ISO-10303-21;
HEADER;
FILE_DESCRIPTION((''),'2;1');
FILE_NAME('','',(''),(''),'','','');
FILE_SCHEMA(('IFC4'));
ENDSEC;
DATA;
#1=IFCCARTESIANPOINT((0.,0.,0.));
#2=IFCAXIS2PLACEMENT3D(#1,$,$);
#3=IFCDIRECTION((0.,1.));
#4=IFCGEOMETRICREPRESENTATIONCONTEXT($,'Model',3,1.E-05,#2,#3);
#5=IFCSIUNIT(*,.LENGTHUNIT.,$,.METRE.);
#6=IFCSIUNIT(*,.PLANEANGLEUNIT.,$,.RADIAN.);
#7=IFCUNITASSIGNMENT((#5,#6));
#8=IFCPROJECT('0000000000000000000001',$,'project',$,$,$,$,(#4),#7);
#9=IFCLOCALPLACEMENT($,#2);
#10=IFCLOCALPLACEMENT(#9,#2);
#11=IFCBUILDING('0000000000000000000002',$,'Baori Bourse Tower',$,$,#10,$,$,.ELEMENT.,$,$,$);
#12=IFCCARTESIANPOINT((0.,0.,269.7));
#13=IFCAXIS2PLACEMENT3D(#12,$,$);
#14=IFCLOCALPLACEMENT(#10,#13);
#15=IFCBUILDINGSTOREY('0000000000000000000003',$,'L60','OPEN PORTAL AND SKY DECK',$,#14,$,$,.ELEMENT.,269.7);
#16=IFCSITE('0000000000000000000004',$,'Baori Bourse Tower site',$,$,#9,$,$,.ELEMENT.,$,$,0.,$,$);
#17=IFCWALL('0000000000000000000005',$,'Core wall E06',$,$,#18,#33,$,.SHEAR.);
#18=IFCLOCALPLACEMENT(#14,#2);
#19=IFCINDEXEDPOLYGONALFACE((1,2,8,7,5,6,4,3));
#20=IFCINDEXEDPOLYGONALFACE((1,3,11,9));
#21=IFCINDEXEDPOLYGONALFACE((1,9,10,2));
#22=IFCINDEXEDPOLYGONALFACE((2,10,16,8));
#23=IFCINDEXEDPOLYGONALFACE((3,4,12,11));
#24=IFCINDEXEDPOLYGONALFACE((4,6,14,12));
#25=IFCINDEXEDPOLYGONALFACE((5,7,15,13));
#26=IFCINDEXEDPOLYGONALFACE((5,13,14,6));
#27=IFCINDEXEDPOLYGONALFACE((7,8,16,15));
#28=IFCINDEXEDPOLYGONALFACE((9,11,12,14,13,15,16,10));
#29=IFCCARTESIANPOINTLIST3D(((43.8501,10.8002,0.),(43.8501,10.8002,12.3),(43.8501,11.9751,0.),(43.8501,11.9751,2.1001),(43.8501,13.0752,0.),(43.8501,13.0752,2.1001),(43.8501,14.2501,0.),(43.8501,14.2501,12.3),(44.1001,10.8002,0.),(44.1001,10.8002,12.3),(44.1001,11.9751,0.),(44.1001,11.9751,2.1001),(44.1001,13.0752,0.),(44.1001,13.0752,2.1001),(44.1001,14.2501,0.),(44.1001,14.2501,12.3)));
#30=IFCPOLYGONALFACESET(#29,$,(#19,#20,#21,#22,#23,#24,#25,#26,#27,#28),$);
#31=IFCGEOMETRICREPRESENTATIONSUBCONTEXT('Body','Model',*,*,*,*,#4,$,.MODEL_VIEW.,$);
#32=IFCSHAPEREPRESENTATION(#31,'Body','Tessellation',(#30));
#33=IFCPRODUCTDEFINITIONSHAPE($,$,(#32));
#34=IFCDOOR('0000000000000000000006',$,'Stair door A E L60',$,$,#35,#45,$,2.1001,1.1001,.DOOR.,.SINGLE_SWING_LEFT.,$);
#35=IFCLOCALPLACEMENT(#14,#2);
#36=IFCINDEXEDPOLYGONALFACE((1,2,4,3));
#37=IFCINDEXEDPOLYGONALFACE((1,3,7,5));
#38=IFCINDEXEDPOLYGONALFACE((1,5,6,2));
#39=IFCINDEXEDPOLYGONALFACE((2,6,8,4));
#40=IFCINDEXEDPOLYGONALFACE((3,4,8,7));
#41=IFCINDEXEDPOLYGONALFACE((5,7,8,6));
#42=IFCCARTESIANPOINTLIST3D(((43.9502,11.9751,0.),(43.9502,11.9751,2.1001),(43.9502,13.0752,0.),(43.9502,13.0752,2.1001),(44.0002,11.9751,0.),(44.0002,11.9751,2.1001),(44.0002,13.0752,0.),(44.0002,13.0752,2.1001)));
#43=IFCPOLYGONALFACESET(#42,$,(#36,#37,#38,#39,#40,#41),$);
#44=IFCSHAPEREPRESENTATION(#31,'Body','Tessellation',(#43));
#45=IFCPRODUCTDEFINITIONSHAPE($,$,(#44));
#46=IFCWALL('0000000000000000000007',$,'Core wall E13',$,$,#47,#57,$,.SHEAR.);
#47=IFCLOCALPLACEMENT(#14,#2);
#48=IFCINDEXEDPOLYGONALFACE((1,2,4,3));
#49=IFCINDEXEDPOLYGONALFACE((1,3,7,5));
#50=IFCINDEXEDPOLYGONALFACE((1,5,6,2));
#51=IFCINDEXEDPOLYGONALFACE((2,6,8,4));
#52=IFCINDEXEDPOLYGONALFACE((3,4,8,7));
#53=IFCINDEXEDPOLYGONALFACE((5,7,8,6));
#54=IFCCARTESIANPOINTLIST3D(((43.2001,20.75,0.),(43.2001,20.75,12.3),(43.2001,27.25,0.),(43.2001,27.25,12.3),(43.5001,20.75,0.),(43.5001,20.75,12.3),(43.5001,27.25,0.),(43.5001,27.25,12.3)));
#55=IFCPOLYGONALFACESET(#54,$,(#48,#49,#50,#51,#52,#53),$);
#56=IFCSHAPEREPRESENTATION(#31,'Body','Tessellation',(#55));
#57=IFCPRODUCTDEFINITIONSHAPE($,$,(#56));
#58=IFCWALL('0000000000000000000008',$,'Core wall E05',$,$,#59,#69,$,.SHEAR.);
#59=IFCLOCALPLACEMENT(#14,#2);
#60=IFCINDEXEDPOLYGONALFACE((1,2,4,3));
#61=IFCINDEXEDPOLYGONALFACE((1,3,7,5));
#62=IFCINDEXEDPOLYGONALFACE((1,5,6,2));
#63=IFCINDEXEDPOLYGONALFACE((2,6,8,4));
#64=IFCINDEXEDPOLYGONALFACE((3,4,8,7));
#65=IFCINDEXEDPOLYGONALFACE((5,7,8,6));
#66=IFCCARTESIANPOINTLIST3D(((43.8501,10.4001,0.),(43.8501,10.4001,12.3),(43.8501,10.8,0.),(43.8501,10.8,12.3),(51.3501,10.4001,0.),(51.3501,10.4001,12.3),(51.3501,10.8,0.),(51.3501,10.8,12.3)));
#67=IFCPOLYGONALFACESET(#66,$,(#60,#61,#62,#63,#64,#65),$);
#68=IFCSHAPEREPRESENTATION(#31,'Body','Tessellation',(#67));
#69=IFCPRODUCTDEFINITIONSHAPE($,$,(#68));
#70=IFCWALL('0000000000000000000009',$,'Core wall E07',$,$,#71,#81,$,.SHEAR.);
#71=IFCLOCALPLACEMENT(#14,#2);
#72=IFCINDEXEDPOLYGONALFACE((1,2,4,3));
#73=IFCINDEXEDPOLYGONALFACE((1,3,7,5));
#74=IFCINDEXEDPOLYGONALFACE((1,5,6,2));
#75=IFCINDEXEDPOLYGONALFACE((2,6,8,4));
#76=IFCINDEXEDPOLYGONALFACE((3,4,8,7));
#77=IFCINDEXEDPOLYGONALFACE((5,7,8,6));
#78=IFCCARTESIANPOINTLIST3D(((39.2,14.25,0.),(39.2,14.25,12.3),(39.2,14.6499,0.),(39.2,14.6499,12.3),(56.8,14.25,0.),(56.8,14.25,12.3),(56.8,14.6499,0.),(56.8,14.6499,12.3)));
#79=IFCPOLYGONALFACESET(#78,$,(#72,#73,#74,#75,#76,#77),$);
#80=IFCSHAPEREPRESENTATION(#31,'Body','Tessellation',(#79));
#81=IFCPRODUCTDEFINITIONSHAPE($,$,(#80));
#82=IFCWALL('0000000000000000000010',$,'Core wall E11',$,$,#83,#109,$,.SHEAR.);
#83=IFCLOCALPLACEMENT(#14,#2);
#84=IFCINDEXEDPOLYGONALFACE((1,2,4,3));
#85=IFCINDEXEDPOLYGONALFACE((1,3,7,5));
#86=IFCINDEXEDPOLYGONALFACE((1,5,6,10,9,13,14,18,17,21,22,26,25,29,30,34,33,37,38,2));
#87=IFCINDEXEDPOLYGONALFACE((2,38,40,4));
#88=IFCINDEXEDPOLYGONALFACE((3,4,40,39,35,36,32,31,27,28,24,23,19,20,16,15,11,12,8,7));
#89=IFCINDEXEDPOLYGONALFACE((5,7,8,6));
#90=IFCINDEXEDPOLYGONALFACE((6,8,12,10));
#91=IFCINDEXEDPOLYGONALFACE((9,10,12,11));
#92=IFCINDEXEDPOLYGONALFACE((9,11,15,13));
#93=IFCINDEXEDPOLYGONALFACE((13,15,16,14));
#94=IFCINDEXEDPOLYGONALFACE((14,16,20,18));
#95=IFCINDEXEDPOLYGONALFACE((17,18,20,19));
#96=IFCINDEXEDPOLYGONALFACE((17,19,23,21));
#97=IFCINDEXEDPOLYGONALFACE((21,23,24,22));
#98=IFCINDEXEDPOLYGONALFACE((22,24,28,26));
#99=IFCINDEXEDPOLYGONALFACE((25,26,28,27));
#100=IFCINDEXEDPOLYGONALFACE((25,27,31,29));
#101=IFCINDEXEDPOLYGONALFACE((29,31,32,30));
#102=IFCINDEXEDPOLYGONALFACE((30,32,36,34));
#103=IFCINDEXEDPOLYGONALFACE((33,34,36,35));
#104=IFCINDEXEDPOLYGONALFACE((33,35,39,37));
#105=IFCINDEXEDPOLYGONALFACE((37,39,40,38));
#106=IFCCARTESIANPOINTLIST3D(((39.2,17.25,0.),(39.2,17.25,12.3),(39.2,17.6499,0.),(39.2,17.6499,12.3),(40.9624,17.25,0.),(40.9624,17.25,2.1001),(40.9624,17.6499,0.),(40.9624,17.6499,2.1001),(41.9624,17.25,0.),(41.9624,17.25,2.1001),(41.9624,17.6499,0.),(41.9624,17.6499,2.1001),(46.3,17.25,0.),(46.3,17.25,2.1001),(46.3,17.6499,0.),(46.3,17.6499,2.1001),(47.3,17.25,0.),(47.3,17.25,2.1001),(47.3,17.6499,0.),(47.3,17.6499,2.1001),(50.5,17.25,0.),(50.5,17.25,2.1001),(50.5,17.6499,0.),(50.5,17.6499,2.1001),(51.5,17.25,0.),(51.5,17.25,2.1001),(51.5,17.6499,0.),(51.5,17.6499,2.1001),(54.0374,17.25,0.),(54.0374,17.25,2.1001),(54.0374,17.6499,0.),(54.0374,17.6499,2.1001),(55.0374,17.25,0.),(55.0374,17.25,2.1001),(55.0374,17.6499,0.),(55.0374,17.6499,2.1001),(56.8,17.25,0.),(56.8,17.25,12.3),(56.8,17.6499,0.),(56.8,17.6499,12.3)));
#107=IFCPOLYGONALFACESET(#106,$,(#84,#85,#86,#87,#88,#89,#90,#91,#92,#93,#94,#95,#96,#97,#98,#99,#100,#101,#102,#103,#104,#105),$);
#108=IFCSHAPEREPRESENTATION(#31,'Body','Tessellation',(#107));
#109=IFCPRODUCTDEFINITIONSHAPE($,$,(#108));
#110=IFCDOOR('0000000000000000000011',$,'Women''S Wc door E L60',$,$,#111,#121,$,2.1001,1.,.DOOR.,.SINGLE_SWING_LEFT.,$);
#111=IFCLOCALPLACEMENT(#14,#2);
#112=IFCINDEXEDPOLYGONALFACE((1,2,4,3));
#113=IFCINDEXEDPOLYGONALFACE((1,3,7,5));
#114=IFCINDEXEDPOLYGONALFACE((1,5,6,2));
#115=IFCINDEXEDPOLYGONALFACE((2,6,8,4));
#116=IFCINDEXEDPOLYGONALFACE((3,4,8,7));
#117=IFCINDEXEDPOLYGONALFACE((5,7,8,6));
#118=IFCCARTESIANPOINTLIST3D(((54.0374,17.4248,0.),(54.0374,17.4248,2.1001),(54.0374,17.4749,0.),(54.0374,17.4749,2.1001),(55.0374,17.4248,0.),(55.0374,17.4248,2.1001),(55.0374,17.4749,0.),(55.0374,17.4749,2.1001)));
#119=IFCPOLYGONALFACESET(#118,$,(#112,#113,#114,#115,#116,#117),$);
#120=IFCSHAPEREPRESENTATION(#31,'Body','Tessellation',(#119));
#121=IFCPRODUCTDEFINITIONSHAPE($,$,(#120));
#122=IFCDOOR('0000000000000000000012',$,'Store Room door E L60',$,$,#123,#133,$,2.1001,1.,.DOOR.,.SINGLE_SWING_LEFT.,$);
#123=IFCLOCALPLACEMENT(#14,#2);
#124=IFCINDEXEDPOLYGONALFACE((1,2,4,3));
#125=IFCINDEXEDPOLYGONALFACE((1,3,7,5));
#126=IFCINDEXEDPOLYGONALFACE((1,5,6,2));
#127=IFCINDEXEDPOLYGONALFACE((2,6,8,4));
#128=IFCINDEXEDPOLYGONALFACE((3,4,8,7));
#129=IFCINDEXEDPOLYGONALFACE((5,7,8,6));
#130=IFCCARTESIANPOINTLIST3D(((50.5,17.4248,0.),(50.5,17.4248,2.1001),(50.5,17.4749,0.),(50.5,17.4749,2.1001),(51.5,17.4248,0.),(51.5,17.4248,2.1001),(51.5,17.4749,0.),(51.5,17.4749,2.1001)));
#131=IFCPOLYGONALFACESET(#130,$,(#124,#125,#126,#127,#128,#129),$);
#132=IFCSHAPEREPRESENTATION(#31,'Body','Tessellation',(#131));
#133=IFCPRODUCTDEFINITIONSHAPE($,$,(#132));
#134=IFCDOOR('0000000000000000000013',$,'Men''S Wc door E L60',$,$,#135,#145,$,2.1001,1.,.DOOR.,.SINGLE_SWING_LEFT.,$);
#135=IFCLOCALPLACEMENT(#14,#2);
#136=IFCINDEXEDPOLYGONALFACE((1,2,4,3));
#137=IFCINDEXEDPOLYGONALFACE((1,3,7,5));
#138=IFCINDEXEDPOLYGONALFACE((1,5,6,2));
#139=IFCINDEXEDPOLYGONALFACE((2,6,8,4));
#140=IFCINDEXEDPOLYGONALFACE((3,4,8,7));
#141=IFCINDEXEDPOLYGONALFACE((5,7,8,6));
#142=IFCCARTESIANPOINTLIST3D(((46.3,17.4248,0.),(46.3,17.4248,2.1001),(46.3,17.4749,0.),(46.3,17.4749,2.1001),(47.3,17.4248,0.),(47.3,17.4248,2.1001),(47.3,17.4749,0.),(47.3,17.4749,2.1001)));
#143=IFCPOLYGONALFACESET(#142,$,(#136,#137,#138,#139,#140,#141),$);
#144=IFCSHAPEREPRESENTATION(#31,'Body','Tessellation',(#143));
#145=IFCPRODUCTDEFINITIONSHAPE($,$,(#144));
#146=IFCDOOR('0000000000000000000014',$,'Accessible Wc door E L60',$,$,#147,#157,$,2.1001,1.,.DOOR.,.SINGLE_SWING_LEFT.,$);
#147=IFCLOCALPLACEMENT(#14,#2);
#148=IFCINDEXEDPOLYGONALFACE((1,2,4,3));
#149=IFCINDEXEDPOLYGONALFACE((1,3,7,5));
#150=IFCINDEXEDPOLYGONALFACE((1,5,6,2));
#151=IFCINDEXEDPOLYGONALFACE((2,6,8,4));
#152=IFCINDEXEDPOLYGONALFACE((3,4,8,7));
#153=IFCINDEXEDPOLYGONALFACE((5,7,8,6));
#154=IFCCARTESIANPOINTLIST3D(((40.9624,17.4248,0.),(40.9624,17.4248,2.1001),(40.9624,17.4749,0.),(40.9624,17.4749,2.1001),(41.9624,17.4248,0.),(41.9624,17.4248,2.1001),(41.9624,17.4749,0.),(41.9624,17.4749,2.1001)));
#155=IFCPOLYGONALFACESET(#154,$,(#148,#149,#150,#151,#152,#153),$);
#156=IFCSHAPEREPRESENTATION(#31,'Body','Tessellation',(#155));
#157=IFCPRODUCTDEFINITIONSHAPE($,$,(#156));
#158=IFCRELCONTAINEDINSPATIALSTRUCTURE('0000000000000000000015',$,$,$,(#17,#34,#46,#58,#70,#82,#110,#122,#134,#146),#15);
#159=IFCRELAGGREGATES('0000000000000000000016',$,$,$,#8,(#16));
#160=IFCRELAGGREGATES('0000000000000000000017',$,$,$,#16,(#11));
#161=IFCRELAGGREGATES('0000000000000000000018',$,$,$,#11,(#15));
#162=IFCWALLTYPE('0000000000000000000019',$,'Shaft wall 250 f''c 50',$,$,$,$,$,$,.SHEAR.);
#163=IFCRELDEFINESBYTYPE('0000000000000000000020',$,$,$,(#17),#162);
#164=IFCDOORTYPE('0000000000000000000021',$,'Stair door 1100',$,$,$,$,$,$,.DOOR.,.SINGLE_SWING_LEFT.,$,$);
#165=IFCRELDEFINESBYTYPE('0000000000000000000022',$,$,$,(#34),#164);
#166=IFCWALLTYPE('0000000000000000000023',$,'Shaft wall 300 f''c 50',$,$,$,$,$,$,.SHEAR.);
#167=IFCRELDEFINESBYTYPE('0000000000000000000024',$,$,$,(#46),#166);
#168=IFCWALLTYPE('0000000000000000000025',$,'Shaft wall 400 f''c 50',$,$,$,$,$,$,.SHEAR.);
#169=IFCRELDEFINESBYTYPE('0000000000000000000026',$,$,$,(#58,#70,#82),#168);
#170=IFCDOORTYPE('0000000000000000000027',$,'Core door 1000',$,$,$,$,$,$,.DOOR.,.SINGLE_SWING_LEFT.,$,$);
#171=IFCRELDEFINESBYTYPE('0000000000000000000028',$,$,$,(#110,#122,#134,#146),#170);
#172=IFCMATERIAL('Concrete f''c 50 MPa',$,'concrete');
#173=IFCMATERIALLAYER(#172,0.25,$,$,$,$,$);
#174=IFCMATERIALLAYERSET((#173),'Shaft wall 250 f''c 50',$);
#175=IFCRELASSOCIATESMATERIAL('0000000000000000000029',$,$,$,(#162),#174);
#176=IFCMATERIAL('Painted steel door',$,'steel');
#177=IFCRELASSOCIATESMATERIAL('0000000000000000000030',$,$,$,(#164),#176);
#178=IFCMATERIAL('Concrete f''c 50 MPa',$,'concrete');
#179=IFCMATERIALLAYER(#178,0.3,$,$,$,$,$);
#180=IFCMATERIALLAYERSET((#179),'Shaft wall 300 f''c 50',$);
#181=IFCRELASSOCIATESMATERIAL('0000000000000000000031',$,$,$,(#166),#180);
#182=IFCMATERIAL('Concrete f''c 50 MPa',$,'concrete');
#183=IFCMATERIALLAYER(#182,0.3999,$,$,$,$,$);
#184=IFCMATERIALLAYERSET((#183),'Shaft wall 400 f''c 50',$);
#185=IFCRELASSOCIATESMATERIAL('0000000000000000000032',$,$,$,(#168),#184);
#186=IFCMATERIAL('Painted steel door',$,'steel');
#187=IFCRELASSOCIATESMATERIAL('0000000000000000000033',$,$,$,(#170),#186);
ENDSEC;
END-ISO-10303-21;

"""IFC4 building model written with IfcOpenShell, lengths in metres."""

from ifc_helpers import new_model, si_unit, direction, frame, frame_2d, origin, place, context, subcontext, project, spatial, rectangle, extrude, material, layer, layer_set, type_object, element, fill, save


model = new_model("IFC4")

# Units and contexts
model_context = context("Model", 3, precision=1e-05, world=origin(), true_north=direction((0.0, 1.0)))
body_context = subcontext(model_context, "Body", "Model", "MODEL_VIEW")
ifc_project = project(units=[si_unit("LENGTHUNIT", "METRE"), si_unit("PLANEANGLEUNIT", "RADIAN")], contexts=[model_context])

# Site, building, storey
site_placement = place(None, origin())
site = spatial("IfcSite", under=ifc_project, at=site_placement, Name="Baori Bourse Tower site", CompositionType="ELEMENT", RefElevation=0.0)
building_placement = place(site_placement, origin())
building = spatial("IfcBuilding", under=site, at=building_placement, Name="Baori Bourse Tower", CompositionType="ELEMENT")
storey_placement = place(building_placement, frame((0.0, 0.0, 269.7)))
storey = spatial("IfcBuildingStorey", under=building, at=storey_placement, Name="L60", Description="OPEN PORTAL AND SKY DECK", CompositionType="ELEMENT", Elevation=269.7)

# Wall, opening, door
ifc_material_1 = material(Name="Concrete f'c 50 MPa", Category="concrete")
ifc_layer_1 = layer(ifc_material_1, 0.25)
ifc_layer_set_1 = layer_set([ifc_layer_1], Name="Shaft wall 250 f'c 50")
wall_type_1 = type_object("IfcWallType", Name="Shaft wall 250 f'c 50", PredefinedType="SHEAR", material=ifc_layer_set_1)
wall_1_placement = place(storey_placement, frame((43.9751, 10.8, 0.0), z_axis=(0.0, 0.0, 1.0), x_axis=(0.0, 1.0, 0.0)))
wall_1 = element("IfcWall", 1, at=wall_1_placement, inside=storey, type_object=wall_type_1, Name="Core wall E06", PredefinedType="SHEAR", context=body_context, shape_type="SweptSolid", body=[
    extrude(rectangle(XDim=3.45, YDim=0.25, at=frame_2d((1.7251, 0.0))), origin(), (0.0, 0.0, 1.0), 12.3),
])
opening_1_placement = place(wall_1_placement, frame((1.175, 0.0, 0.0)))
opening_1 = element("IfcOpeningElement", 2, at=opening_1_placement, cuts=wall_1, PredefinedType="OPENING", context=body_context, shape_type="SweptSolid", body=[
    extrude(rectangle(XDim=1.1001, YDim=2.1001, at=frame_2d((0.55, 1.05))), frame((0.0, 0.135, 0.0), z_axis=(0.0, -1.0, 0.0), x_axis=(1.0, 0.0, 0.0)), (0.0, 0.0, 1.0), 0.27),
])
ifc_material_2 = material(Name="Painted steel door", Category="steel")
door_type_1 = type_object("IfcDoorType", Name="Stair door 1100", OperationType="SINGLE_SWING_LEFT", PredefinedType="DOOR", material=ifc_material_2)
door_1_placement = place(opening_1_placement, origin())
door_1 = element("IfcDoor", 3, at=door_1_placement, inside=storey, type_object=door_type_1, Name="Stair door A E L60", OperationType="SINGLE_SWING_LEFT", OverallHeight=2.1001, OverallWidth=1.1001, PredefinedType="DOOR", context=body_context, shape_type="SweptSolid", body=[
    extrude(rectangle(XDim=1.1001, YDim=2.1001, at=frame_2d((0.55, 1.05))), frame((0.0, 0.0249, 0.0), z_axis=(0.0, -1.0, 0.0), x_axis=(1.0, 0.0, 0.0)), (0.0, 0.0, 1.0), 0.05),
])
fill(opening_1, door_1)

# Walls
ifc_material_3 = material(Name="Concrete f'c 50 MPa", Category="concrete")
ifc_layer_2 = layer(ifc_material_3, 0.3)
ifc_layer_set_2 = layer_set([ifc_layer_2], Name="Shaft wall 300 f'c 50")
wall_type_2 = type_object("IfcWallType", Name="Shaft wall 300 f'c 50", PredefinedType="SHEAR", material=ifc_layer_set_2)
wall_2_placement = place(storey_placement, frame((43.3501, 20.75, 0.0), z_axis=(0.0, 0.0, 1.0), x_axis=(0.0, 1.0, 0.0)))
element("IfcWall", 4, at=wall_2_placement, inside=storey, type_object=wall_type_2, Name="Core wall E13", PredefinedType="SHEAR", context=body_context, shape_type="SweptSolid", body=[
    extrude(rectangle(XDim=6.5, YDim=0.3, at=frame_2d((3.25, 0.0))), origin(), (0.0, 0.0, 1.0), 12.3),
])
ifc_material_4 = material(Name="Concrete f'c 50 MPa", Category="concrete")
ifc_layer_3 = layer(ifc_material_4, 0.3999)
ifc_layer_set_3 = layer_set([ifc_layer_3], Name="Shaft wall 400 f'c 50")
wall_type_3 = type_object("IfcWallType", Name="Shaft wall 400 f'c 50", PredefinedType="SHEAR", material=ifc_layer_set_3)
wall_3_placement = place(storey_placement, frame((43.8501, 10.6001, 0.0), z_axis=(0.0, 0.0, 1.0), x_axis=(1.0, 0.0, 0.0)))
element("IfcWall", 5, at=wall_3_placement, inside=storey, type_object=wall_type_3, Name="Core wall E05", PredefinedType="SHEAR", context=body_context, shape_type="SweptSolid", body=[
    extrude(rectangle(XDim=7.5, YDim=0.3999, at=frame_2d((3.75, 0.0))), origin(), (0.0, 0.0, 1.0), 12.3),
])
wall_4_placement = place(storey_placement, frame((39.2, 14.45, 0.0), z_axis=(0.0, 0.0, 1.0), x_axis=(1.0, 0.0, 0.0)))
element("IfcWall", 6, at=wall_4_placement, inside=storey, type_object=wall_type_3, Name="Core wall E07", PredefinedType="SHEAR", context=body_context, shape_type="SweptSolid", body=[
    extrude(rectangle(XDim=17.6001, YDim=0.3999, at=frame_2d((8.8, 0.0))), origin(), (0.0, 0.0, 1.0), 12.3),
])

# Wall, openings, doors
wall_5_placement = place(storey_placement, frame((39.2, 17.45, 0.0), z_axis=(0.0, 0.0, 1.0), x_axis=(1.0, 0.0, 0.0)))
wall_5 = element("IfcWall", 7, at=wall_5_placement, inside=storey, type_object=wall_type_3, Name="Core wall E11", PredefinedType="SHEAR", context=body_context, shape_type="SweptSolid", body=[
    extrude(rectangle(XDim=17.6001, YDim=0.3999, at=frame_2d((8.8, 0.0))), origin(), (0.0, 0.0, 1.0), 12.3),
])
opening_2_placement = place(wall_5_placement, frame((14.8374, 0.0, 0.0)))
opening_2 = element("IfcOpeningElement", 8, at=opening_2_placement, cuts=wall_5, PredefinedType="OPENING", context=body_context, shape_type="SweptSolid", body=[
    extrude(rectangle(XDim=1.0, YDim=2.1001, at=frame_2d((0.5, 1.05))), frame((0.0, 0.21, 0.0), z_axis=(0.0, -1.0, 0.0), x_axis=(1.0, 0.0, 0.0)), (0.0, 0.0, 1.0), 0.4199),
])
opening_3_placement = place(wall_5_placement, frame((11.3, 0.0, 0.0)))
opening_3 = element("IfcOpeningElement", 9, at=opening_3_placement, cuts=wall_5, PredefinedType="OPENING", context=body_context, shape_type="SweptSolid", body=[
    extrude(rectangle(XDim=1.0, YDim=2.1001, at=frame_2d((0.5, 1.05))), frame((0.0, 0.21, 0.0), z_axis=(0.0, -1.0, 0.0), x_axis=(1.0, 0.0, 0.0)), (0.0, 0.0, 1.0), 0.4199),
])
opening_4_placement = place(wall_5_placement, frame((7.1001, 0.0, 0.0)))
opening_4 = element("IfcOpeningElement", 10, at=opening_4_placement, cuts=wall_5, PredefinedType="OPENING", context=body_context, shape_type="SweptSolid", body=[
    extrude(rectangle(XDim=1.0, YDim=2.1001, at=frame_2d((0.5, 1.05))), frame((0.0, 0.21, 0.0), z_axis=(0.0, -1.0, 0.0), x_axis=(1.0, 0.0, 0.0)), (0.0, 0.0, 1.0), 0.4199),
])
opening_5_placement = place(wall_5_placement, frame((1.7625, 0.0, 0.0)))
opening_5 = element("IfcOpeningElement", 11, at=opening_5_placement, cuts=wall_5, PredefinedType="OPENING", context=body_context, shape_type="SweptSolid", body=[
    extrude(rectangle(XDim=1.0, YDim=2.1001, at=frame_2d((0.5, 1.05))), frame((0.0, 0.21, 0.0), z_axis=(0.0, -1.0, 0.0), x_axis=(1.0, 0.0, 0.0)), (0.0, 0.0, 1.0), 0.4199),
])
ifc_material_5 = material(Name="Painted steel door", Category="steel")
door_type_2 = type_object("IfcDoorType", Name="Core door 1000", OperationType="SINGLE_SWING_LEFT", PredefinedType="DOOR", material=ifc_material_5)
door_2_placement = place(opening_2_placement, origin())
door_2 = element("IfcDoor", 12, at=door_2_placement, inside=storey, type_object=door_type_2, Name="Women'S Wc door E L60", OperationType="SINGLE_SWING_LEFT", OverallHeight=2.1001, OverallWidth=1.0, PredefinedType="DOOR", context=body_context, shape_type="SweptSolid", body=[
    extrude(rectangle(XDim=1.0, YDim=2.1001, at=frame_2d((0.5, 1.05))), frame((0.0, 0.0249, 0.0), z_axis=(0.0, -1.0, 0.0), x_axis=(1.0, 0.0, 0.0)), (0.0, 0.0, 1.0), 0.05),
])
fill(opening_2, door_2)
door_3_placement = place(opening_3_placement, origin())
door_3 = element("IfcDoor", 13, at=door_3_placement, inside=storey, type_object=door_type_2, Name="Store Room door E L60", OperationType="SINGLE_SWING_LEFT", OverallHeight=2.1001, OverallWidth=1.0, PredefinedType="DOOR", context=body_context, shape_type="SweptSolid", body=[
    extrude(rectangle(XDim=1.0, YDim=2.1001, at=frame_2d((0.5, 1.05))), frame((0.0, 0.0249, 0.0), z_axis=(0.0, -1.0, 0.0), x_axis=(1.0, 0.0, 0.0)), (0.0, 0.0, 1.0), 0.05),
])
fill(opening_3, door_3)
door_4_placement = place(opening_4_placement, origin())
door_4 = element("IfcDoor", 14, at=door_4_placement, inside=storey, type_object=door_type_2, Name="Men'S Wc door E L60", OperationType="SINGLE_SWING_LEFT", OverallHeight=2.1001, OverallWidth=1.0, PredefinedType="DOOR", context=body_context, shape_type="SweptSolid", body=[
    extrude(rectangle(XDim=1.0, YDim=2.1001, at=frame_2d((0.5, 1.05))), frame((0.0, 0.0249, 0.0), z_axis=(0.0, -1.0, 0.0), x_axis=(1.0, 0.0, 0.0)), (0.0, 0.0, 1.0), 0.05),
])
fill(opening_4, door_4)
door_5_placement = place(opening_5_placement, origin())
door_5 = element("IfcDoor", 15, at=door_5_placement, inside=storey, type_object=door_type_2, Name="Accessible Wc door E L60", OperationType="SINGLE_SWING_LEFT", OverallHeight=2.1001, OverallWidth=1.0, PredefinedType="DOOR", context=body_context, shape_type="SweptSolid", body=[
    extrude(rectangle(XDim=1.0, YDim=2.1001, at=frame_2d((0.5, 1.05))), frame((0.0, 0.0249, 0.0), z_axis=(0.0, -1.0, 0.0), x_axis=(1.0, 0.0, 0.0)), (0.0, 0.0, 1.0), 0.05),
])
fill(opening_5, door_5)

save(model, "model.ifc")
